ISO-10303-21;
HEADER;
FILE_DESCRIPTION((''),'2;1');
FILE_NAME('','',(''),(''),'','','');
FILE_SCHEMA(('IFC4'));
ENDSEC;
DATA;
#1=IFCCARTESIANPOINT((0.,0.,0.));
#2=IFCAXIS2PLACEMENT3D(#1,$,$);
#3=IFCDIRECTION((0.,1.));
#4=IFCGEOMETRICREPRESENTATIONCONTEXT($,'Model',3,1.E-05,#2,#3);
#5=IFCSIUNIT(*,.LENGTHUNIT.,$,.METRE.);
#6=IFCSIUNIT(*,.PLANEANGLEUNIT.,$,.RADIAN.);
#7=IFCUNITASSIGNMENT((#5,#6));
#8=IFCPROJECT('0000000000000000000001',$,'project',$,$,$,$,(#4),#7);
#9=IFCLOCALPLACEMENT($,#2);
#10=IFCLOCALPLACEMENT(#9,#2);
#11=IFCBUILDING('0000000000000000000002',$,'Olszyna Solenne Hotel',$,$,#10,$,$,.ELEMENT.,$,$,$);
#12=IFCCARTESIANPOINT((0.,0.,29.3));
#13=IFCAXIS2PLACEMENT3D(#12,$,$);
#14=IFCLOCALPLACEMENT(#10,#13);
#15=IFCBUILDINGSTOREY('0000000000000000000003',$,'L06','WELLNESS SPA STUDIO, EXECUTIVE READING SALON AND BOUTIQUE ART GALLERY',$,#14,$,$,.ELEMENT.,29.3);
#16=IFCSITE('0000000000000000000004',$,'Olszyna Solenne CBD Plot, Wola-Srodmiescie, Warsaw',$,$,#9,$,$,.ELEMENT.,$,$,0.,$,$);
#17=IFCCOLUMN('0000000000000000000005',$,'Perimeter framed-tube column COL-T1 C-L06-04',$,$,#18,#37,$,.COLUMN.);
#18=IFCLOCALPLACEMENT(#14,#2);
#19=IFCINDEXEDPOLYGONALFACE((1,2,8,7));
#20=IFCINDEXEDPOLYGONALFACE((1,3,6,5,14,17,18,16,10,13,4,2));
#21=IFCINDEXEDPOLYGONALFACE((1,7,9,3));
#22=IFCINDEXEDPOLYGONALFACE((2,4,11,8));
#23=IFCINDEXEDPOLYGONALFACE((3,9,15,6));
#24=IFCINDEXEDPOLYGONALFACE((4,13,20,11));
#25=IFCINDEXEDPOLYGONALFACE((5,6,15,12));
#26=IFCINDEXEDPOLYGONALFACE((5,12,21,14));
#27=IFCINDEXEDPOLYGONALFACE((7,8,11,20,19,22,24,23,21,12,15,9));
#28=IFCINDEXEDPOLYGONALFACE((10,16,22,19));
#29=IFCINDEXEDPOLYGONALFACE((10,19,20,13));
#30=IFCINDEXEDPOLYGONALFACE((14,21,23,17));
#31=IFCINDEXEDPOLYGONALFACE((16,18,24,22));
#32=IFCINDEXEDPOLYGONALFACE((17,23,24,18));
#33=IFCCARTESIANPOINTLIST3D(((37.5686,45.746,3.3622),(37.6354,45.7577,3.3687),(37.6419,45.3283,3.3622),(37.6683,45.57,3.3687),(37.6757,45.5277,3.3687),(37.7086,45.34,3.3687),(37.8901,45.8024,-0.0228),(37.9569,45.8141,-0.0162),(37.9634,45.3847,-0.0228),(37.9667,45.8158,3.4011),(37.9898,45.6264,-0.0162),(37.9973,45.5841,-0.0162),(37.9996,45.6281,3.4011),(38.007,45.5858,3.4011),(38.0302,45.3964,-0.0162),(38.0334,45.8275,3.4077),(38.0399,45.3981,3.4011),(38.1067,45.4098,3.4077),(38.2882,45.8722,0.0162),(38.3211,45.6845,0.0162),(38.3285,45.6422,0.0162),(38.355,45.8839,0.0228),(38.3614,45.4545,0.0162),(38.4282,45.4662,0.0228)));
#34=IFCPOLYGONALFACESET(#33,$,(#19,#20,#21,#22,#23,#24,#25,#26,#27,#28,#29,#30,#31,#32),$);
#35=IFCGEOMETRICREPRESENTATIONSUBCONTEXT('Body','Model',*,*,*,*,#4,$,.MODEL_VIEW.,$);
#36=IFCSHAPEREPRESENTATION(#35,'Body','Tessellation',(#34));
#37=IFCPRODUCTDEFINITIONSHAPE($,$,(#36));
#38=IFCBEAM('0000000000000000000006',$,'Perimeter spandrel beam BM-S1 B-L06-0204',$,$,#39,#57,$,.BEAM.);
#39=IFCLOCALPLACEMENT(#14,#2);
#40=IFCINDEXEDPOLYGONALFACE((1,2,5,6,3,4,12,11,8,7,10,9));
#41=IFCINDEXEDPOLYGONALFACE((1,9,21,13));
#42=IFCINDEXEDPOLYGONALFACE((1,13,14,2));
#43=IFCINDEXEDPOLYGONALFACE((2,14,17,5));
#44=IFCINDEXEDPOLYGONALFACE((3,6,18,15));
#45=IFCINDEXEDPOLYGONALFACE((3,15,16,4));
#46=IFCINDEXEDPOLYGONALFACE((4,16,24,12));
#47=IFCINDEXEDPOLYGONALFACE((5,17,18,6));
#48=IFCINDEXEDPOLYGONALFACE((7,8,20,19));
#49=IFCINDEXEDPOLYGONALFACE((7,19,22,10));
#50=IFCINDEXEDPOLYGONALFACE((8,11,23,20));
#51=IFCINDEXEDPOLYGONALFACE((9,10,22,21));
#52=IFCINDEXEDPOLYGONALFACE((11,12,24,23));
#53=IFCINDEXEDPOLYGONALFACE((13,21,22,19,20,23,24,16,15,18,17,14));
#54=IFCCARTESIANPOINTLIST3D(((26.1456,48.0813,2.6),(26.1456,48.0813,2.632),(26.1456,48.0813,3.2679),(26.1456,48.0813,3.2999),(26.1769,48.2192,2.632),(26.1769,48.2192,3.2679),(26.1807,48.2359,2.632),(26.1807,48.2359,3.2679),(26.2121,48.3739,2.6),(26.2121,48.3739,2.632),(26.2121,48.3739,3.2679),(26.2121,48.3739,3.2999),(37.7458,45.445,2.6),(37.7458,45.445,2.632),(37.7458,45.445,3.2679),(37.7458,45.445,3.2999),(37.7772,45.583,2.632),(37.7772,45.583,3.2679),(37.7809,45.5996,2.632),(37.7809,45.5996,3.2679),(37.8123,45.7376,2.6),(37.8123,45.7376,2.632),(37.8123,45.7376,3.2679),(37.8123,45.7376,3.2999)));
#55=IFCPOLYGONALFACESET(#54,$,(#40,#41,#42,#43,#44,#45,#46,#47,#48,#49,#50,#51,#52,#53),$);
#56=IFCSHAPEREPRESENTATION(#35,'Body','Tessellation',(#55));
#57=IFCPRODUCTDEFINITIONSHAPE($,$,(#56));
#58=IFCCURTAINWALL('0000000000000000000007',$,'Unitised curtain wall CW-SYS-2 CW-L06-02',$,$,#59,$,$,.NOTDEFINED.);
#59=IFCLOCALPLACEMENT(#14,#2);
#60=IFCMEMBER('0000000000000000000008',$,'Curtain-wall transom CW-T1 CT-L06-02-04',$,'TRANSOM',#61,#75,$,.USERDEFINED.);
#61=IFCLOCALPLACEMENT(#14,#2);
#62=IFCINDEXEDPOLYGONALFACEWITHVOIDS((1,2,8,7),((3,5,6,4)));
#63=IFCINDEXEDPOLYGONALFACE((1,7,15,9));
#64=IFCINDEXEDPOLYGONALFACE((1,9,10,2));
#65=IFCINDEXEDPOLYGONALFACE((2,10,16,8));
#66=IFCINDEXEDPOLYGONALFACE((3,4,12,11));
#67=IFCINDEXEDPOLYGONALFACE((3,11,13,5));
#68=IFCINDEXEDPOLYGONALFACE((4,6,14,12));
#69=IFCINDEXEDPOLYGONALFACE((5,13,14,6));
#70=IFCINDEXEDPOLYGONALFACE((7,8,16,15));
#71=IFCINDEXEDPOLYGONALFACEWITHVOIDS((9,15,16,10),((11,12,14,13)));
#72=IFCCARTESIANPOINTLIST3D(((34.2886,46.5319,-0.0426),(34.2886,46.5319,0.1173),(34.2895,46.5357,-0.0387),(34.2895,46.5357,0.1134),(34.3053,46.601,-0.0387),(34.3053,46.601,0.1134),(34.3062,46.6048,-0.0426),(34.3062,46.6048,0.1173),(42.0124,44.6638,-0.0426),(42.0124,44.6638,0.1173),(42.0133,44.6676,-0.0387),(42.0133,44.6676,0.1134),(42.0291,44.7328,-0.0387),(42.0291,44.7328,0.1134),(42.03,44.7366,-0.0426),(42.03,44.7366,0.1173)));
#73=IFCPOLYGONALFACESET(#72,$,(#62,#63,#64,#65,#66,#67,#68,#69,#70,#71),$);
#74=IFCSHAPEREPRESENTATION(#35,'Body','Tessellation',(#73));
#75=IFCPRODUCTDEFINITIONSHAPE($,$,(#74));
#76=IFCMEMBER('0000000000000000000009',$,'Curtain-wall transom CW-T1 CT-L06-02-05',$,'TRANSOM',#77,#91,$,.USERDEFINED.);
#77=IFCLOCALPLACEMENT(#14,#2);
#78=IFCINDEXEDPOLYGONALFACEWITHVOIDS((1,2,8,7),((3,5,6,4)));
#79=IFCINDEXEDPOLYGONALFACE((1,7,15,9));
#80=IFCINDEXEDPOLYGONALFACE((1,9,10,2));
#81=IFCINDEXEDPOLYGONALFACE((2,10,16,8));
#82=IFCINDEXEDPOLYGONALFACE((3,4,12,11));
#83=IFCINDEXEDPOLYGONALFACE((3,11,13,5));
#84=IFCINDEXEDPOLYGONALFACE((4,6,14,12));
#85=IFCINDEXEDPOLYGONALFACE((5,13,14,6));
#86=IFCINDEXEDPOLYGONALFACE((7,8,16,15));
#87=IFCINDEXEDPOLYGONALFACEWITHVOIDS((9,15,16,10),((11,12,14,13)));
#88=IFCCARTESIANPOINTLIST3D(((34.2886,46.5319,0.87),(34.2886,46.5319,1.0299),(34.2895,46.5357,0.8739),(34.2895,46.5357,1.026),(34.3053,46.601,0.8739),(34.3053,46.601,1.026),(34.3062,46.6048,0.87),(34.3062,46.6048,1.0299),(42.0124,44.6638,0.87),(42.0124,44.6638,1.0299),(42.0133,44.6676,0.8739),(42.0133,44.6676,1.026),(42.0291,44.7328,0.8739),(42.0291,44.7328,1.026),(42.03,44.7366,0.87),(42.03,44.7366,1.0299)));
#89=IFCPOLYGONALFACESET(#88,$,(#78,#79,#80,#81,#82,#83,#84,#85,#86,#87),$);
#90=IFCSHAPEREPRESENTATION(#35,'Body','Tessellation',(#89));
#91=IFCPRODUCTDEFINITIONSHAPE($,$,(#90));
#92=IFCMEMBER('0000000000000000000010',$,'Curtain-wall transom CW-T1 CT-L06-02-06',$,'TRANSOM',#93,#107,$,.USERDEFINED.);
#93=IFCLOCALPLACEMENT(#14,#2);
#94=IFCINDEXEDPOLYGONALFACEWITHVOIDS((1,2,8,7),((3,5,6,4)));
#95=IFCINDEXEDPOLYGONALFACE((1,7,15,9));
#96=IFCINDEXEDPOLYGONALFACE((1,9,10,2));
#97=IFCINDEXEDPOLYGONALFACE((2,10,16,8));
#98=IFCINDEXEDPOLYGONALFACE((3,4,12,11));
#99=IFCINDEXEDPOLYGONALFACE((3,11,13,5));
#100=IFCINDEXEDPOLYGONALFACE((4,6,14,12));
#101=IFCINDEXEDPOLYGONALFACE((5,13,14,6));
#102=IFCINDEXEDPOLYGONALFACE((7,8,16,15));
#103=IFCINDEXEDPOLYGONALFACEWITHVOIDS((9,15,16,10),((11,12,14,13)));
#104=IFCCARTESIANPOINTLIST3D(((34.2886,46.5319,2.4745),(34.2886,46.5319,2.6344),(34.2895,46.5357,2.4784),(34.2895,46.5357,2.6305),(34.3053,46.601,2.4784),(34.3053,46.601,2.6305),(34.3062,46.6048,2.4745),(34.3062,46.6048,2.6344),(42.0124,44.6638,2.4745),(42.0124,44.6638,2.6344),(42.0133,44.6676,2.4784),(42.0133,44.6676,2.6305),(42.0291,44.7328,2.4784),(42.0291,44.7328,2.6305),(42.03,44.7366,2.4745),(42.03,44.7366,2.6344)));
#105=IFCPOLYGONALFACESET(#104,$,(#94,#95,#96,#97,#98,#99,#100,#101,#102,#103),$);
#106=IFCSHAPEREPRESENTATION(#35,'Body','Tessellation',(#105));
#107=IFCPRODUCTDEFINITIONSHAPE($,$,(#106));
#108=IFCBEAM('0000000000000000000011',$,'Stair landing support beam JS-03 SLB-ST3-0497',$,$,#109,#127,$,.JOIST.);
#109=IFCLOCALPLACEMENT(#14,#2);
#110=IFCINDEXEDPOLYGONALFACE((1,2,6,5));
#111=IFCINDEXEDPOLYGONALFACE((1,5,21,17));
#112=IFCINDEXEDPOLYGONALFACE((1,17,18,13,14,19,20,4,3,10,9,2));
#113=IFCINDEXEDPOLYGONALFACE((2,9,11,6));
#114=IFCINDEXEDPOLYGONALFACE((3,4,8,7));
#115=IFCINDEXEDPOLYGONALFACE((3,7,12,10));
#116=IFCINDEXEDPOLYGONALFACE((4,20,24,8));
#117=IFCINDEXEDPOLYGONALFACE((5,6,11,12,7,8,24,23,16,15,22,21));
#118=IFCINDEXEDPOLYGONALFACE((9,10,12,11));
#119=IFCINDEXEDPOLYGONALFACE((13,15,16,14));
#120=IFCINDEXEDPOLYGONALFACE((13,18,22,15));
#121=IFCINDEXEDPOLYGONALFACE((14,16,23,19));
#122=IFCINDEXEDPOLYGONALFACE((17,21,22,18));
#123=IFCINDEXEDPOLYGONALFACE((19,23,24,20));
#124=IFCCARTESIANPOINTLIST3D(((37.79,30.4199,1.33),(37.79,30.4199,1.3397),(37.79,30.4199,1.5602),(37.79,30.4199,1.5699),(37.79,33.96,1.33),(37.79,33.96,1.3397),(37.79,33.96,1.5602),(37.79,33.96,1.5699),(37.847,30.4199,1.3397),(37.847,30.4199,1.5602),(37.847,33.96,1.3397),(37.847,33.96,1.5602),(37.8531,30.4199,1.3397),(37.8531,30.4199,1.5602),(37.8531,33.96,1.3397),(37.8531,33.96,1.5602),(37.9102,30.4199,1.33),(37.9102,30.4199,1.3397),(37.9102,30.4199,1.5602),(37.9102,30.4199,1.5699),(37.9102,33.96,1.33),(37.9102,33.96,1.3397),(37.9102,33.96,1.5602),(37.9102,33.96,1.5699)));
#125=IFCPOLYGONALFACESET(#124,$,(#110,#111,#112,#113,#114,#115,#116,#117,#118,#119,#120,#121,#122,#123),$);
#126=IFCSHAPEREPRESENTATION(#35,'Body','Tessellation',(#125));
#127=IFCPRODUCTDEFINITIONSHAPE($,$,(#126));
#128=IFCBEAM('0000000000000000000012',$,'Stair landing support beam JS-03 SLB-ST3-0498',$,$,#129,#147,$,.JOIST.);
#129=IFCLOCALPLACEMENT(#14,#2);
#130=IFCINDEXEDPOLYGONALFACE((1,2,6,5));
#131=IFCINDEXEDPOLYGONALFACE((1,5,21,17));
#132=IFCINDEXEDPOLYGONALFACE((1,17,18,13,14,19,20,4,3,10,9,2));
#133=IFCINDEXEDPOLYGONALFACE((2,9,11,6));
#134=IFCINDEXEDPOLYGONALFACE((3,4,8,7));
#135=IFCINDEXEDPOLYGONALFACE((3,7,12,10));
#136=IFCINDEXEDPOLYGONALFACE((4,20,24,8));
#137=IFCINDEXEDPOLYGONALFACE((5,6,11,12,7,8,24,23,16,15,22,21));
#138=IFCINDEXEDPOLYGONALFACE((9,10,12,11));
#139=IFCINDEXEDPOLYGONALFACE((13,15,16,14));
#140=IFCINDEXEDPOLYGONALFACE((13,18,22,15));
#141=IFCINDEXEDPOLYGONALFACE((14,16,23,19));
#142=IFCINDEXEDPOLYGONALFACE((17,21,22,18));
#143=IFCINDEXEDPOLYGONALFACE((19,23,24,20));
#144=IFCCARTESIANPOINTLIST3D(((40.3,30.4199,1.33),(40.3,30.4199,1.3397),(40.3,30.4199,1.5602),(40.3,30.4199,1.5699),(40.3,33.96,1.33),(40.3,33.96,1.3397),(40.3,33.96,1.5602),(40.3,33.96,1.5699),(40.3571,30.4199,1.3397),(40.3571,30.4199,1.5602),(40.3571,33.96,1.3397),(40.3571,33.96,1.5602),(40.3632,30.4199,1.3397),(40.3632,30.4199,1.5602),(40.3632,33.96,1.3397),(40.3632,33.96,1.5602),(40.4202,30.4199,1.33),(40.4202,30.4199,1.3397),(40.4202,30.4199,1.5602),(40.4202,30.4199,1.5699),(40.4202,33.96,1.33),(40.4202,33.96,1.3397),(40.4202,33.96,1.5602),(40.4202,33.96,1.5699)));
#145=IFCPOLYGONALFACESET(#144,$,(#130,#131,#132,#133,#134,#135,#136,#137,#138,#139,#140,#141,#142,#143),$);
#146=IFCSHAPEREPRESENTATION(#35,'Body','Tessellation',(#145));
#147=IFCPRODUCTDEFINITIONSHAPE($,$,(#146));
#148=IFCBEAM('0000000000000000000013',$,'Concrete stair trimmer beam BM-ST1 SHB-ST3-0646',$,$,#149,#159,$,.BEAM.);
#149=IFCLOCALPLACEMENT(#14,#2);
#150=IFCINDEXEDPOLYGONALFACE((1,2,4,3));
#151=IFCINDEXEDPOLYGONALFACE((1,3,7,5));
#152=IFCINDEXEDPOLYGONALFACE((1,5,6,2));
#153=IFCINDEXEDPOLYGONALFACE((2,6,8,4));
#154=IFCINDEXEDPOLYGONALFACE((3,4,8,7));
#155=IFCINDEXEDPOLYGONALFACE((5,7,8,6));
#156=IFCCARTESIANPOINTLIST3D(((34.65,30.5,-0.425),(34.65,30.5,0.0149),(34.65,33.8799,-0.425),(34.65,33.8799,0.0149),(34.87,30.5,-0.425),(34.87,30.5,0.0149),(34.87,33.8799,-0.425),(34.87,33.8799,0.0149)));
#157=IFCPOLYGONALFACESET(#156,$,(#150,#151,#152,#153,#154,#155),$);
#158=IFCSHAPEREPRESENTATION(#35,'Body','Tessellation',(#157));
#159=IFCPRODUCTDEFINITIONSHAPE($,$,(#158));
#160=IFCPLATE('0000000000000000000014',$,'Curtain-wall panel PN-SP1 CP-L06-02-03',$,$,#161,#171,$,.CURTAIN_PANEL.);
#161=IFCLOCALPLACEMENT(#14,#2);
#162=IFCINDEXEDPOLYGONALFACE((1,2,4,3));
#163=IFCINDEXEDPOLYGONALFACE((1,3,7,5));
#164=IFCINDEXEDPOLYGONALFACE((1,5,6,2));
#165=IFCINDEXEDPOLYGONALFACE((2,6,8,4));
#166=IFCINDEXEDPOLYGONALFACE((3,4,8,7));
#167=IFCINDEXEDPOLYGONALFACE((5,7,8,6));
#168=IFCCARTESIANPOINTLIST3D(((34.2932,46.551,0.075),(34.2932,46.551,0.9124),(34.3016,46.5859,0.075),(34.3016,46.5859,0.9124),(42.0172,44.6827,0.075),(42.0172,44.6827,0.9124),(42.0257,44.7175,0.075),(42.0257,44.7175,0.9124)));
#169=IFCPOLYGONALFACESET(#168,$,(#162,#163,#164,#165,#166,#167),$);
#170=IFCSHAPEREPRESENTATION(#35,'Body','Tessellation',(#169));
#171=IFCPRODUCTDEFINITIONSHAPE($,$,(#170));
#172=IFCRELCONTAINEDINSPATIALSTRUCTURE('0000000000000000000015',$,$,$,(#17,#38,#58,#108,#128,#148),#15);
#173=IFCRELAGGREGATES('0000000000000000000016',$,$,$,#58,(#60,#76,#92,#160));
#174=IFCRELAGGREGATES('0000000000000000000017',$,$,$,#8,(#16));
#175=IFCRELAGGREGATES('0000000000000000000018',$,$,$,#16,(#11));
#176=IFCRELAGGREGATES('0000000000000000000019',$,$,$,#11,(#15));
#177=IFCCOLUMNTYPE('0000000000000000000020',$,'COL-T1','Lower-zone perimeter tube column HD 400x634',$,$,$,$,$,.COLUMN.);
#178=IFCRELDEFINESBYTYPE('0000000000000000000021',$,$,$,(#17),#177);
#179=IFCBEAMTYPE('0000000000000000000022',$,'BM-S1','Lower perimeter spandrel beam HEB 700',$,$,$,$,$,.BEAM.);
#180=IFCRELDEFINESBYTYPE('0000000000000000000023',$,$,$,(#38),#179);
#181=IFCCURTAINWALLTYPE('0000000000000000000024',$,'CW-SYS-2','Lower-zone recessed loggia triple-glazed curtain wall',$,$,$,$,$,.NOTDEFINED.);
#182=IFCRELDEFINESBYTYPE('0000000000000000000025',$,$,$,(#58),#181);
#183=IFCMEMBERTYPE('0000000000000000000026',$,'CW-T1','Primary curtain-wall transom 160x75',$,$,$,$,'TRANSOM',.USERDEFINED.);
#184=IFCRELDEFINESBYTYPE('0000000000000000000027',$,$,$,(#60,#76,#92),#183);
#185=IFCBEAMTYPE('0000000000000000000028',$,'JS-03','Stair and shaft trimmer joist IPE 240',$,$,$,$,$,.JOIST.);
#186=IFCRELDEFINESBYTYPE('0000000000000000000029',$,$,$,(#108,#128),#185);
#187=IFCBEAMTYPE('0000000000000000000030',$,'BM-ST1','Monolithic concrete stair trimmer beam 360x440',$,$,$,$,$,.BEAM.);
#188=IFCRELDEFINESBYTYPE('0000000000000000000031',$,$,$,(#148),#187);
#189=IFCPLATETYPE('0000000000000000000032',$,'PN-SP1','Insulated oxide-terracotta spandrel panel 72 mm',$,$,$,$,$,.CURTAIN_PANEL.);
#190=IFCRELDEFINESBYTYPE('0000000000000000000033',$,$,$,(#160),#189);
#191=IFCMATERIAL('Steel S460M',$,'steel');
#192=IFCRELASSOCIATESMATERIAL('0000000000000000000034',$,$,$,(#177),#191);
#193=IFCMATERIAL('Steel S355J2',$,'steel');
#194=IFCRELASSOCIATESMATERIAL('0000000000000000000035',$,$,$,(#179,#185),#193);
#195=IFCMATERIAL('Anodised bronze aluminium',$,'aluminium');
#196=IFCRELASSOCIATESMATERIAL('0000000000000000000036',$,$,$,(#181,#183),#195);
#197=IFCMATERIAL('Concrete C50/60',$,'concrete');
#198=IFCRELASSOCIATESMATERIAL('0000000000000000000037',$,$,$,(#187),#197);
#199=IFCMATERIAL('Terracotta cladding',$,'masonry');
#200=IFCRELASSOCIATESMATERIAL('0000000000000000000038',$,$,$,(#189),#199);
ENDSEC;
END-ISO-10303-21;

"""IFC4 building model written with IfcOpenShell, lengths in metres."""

from ifc_helpers import new_model, si_unit, direction, frame, origin, origin_2d, place, context, subcontext, project, spatial, rectangle, hollow_rectangle, i_section, extrude, source, transform, mapped, material, material_profile, profile_set, type_object, element, aggregate, save


model = new_model("IFC4")

# Units and contexts
model_context = context("Model", 3, precision=1e-05, world=origin(), true_north=direction((0.0, 1.0)))
body_context = subcontext(model_context, "Body", "Model", "MODEL_VIEW")
ifc_project = project(units=[si_unit("LENGTHUNIT", "METRE"), si_unit("PLANEANGLEUNIT", "RADIAN")], contexts=[model_context])

# Site, building, storey
site_placement = place(None, origin())
site = spatial("IfcSite", under=ifc_project, at=site_placement, Name="Olszyna Solenne CBD Plot, Wola-Srodmiescie, Warsaw", CompositionType="ELEMENT", RefElevation=0.0)
building_placement = place(site_placement, origin())
building = spatial("IfcBuilding", under=site, at=building_placement, Name="Olszyna Solenne Hotel", CompositionType="ELEMENT")
storey_placement = place(building_placement, frame((0.0, 0.0, 29.3)))
storey = spatial("IfcBuildingStorey", under=building, at=storey_placement, Name="L06", Description="WELLNESS SPA STUDIO, EXECUTIVE READING SALON AND BOUTIQUE ART GALLERY", CompositionType="ELEMENT", Elevation=29.3)

# Column
ifc_material_1 = material(Name="Steel S460M", Category="steel")
ifc_material_profile_1 = material_profile(ifc_material_1, i_section(OverallWidth=0.4241, OverallDepth=0.4741, WebThickness=0.043, FlangeThickness=0.0681, at=origin_2d()), Name="HD 400x634", Category="load-bearing")
ifc_profile_set_1 = profile_set([ifc_material_profile_1], Name="Steel S460M")
column_type = type_object("IfcColumnType", Name="COL-T1", Description="Lower-zone perimeter tube column HD 400x634", PredefinedType="COLUMN", material=ifc_profile_set_1)
shared_shape_1 = source(origin(), body_context, "Body", "SweptSolid", [
    extrude(i_section(OverallWidth=0.4241, OverallDepth=0.4741, WebThickness=0.043, FlangeThickness=0.0681, at=origin_2d()), origin(), (0.0, 0.0, 1.0), 3.4006),
])
column_placement = place(storey_placement, frame((38.1592, 45.6343, 0.0), z_axis=(-0.094549, -0.016584, 0.995382), x_axis=(0.172761, -0.984964, 0.0)))
element("IfcColumn", 1, at=column_placement, inside=storey, type_object=column_type, Name="Perimeter framed-tube column COL-T1 C-L06-04", PredefinedType="COLUMN", context=body_context, shape_type="MappedRepresentation", body=[
    mapped(shared_shape_1, transform((0.0, 0.0, 0.0), x_axis=(1.0, 0.0, 0.0), y_axis=(0.0, 1.0, 0.0), z_axis=(0.0, 0.0, 1.0), scale=1.0)),
])

# Beam
ifc_material_2 = material(Name="Steel S355J2", Category="steel")
ifc_material_profile_2 = material_profile(ifc_material_2, i_section(OverallWidth=0.3, OverallDepth=0.7, WebThickness=0.0171, FlangeThickness=0.032, at=origin_2d()), Name="HEB 700", Category="load-bearing")
ifc_profile_set_2 = profile_set([ifc_material_profile_2], Name="Steel S355J2")
beam_type_1 = type_object("IfcBeamType", Name="BM-S1", Description="Lower perimeter spandrel beam HEB 700", PredefinedType="BEAM", material=ifc_profile_set_2)
shared_shape_2 = source(origin(), body_context, "Body", "SweptSolid", [
    extrude(i_section(OverallWidth=0.3, OverallDepth=0.7, WebThickness=0.0171, FlangeThickness=0.032, at=origin_2d()), origin(), (0.0, 0.0, 1.0), 11.896),
])
beam_1_placement = place(storey_placement, frame((37.7791, 45.5913, 2.95), z_axis=(-0.975136, 0.221609, 0.0), x_axis=(-0.221609, -0.975136, 0.0)))
element("IfcBeam", 2, at=beam_1_placement, inside=storey, type_object=beam_type_1, Name="Perimeter spandrel beam BM-S1 B-L06-0204", PredefinedType="BEAM", context=body_context, shape_type="MappedRepresentation", body=[
    mapped(shared_shape_2, transform((0.0, 0.0, 0.0), x_axis=(1.0, 0.0, 0.0), y_axis=(0.0, 1.0, 0.0), z_axis=(0.0, 0.0, 1.0), scale=1.0)),
])

# Curtain wall, members
ifc_material_3 = material(Name="Anodised bronze aluminium", Category="aluminium")
curtain_wall_type = type_object("IfcCurtainWallType", Name="CW-SYS-2", Description="Lower-zone recessed loggia triple-glazed curtain wall", PredefinedType="NOTDEFINED", material=ifc_material_3)
curtain_wall_placement = place(storey_placement, origin())
curtain_wall = element("IfcCurtainWall", 3, at=curtain_wall_placement, inside=storey, type_object=curtain_wall_type, Name="Unitised curtain wall CW-SYS-2 CW-L06-02", PredefinedType="NOTDEFINED")
ifc_material_profile_3 = material_profile(ifc_material_3, hollow_rectangle(XDim=0.075, YDim=0.1599, WallThickness=0.0039, at=origin_2d()), Name="TRAN 160x75x4", Category="load-bearing")
ifc_profile_set_3 = profile_set([ifc_material_profile_3], Name="Anodised bronze aluminium")
member_type = type_object("IfcMemberType", Name="CW-T1", Description="Primary curtain-wall transom 160x75", ElementType="TRANSOM", PredefinedType="USERDEFINED", material=ifc_profile_set_3)
shared_shape_3 = source(origin(), body_context, "Body", "SweptSolid", [
    extrude(hollow_rectangle(XDim=0.075, YDim=0.1599, WallThickness=0.0039, at=origin_2d()), origin(), (0.0, 0.0, 1.0), 7.9465),
])
member_1_placement = place(storey_placement, frame((34.2974, 46.5684, 0.0374), z_axis=(0.971974, -0.23509, 0.0), x_axis=(0.23509, 0.971974, 0.0)))
member_1 = element("IfcMember", 4, at=member_1_placement, type_object=member_type, Name="Curtain-wall transom CW-T1 CT-L06-02-04", ObjectType="TRANSOM", PredefinedType="USERDEFINED", context=body_context, shape_type="MappedRepresentation", body=[
    mapped(shared_shape_3, transform((0.0, 0.0, 0.0), x_axis=(1.0, 0.0, 0.0), y_axis=(0.0, 1.0, 0.0), z_axis=(0.0, 0.0, 1.0), scale=1.0)),
])
member_2_placement = place(storey_placement, frame((34.2974, 46.5684, 0.95), z_axis=(0.971974, -0.23509, 0.0), x_axis=(0.23509, 0.971974, 0.0)))
member_2 = element("IfcMember", 5, at=member_2_placement, type_object=member_type, Name="Curtain-wall transom CW-T1 CT-L06-02-05", ObjectType="TRANSOM", PredefinedType="USERDEFINED", context=body_context, shape_type="MappedRepresentation", body=[
    mapped(shared_shape_3, transform((0.0, 0.0, 0.0), x_axis=(1.0, 0.0, 0.0), y_axis=(0.0, 1.0, 0.0), z_axis=(0.0, 0.0, 1.0), scale=1.0)),
])
member_3_placement = place(storey_placement, frame((34.2974, 46.5684, 2.5544), z_axis=(0.971974, -0.23509, 0.0), x_axis=(0.23509, 0.971974, 0.0)))
member_3 = element("IfcMember", 6, at=member_3_placement, type_object=member_type, Name="Curtain-wall transom CW-T1 CT-L06-02-06", ObjectType="TRANSOM", PredefinedType="USERDEFINED", context=body_context, shape_type="MappedRepresentation", body=[
    mapped(shared_shape_3, transform((0.0, 0.0, 0.0), x_axis=(1.0, 0.0, 0.0), y_axis=(0.0, 1.0, 0.0), z_axis=(0.0, 0.0, 1.0), scale=1.0)),
])

# Beams
ifc_material_profile_4 = material_profile(ifc_material_2, i_section(OverallWidth=0.1201, OverallDepth=0.24, WebThickness=0.0061, FlangeThickness=0.0098, at=origin_2d()), Name="IPE 240", Category="load-bearing")
ifc_profile_set_4 = profile_set([ifc_material_profile_4], Name="Steel S355J2")
beam_type_2 = type_object("IfcBeamType", Name="JS-03", Description="Stair and shaft trimmer joist IPE 240", PredefinedType="JOIST", material=ifc_profile_set_4)
shared_shape_4 = source(origin(), body_context, "Body", "SweptSolid", [
    extrude(i_section(OverallWidth=0.1201, OverallDepth=0.24, WebThickness=0.0061, FlangeThickness=0.0098, at=origin_2d()), origin(), (0.0, 0.0, 1.0), 3.54),
])
for number, where, z_axis, x_axis, name in (
    (7, (37.8501, 30.4199, 1.45), (0.0, 1.0, 0.0), (-1.0, 0.0, 0.0), "Stair landing support beam JS-03 SLB-ST3-0497"),
    (8, (40.3601, 30.4199, 1.45), (0.0, 1.0, 0.0), (-1.0, 0.0, 0.0), "Stair landing support beam JS-03 SLB-ST3-0498"),
):
    element("IfcBeam", number, at=place(storey_placement, frame(where, z_axis=z_axis, x_axis=x_axis)), inside=storey, type_object=beam_type_2, Name=name, PredefinedType="JOIST", context=body_context, shape_type="MappedRepresentation", body=[
        mapped(shared_shape_4, transform((0.0, 0.0, 0.0), x_axis=(1.0, 0.0, 0.0), y_axis=(0.0, 1.0, 0.0), z_axis=(0.0, 0.0, 1.0), scale=1.0)),
    ])
ifc_material_4 = material(Name="Concrete C50/60", Category="concrete")
ifc_material_profile_5 = material_profile(ifc_material_4, rectangle(XDim=0.22, YDim=0.4399, at=origin_2d()), Name="RC 220x440", Category="load-bearing")
ifc_profile_set_5 = profile_set([ifc_material_profile_5], Name="Concrete C50/60")
beam_type_3 = type_object("IfcBeamType", Name="BM-ST1", Description="Monolithic concrete stair trimmer beam 360x440", PredefinedType="BEAM", material=ifc_profile_set_5)
shared_shape_5 = source(origin(), body_context, "Body", "SweptSolid", [
    extrude(rectangle(XDim=0.22, YDim=0.4399, at=origin_2d()), origin(), (0.0, 0.0, 1.0), 3.3799),
])
beam_2_placement = place(storey_placement, frame((34.76, 30.5, -0.2051), z_axis=(0.0, 1.0, 0.0), x_axis=(-1.0, 0.0, 0.0)))
element("IfcBeam", 9, at=beam_2_placement, inside=storey, type_object=beam_type_3, Name="Concrete stair trimmer beam BM-ST1 SHB-ST3-0646", PredefinedType="BEAM", context=body_context, shape_type="MappedRepresentation", body=[
    mapped(shared_shape_5, transform((0.0, 0.0, 0.0), x_axis=(1.0, 0.0, 0.0), y_axis=(0.0, 1.0, 0.0), z_axis=(0.0, 0.0, 1.0), scale=1.0)),
])

# Plate
ifc_material_5 = material(Name="Terracotta cladding", Category="masonry")
plate_type_1 = type_object("IfcPlateType", Name="PN-SP1", Description="Insulated oxide-terracotta spandrel panel 72 mm", PredefinedType="CURTAIN_PANEL", material=ifc_material_5)
shared_shape_6 = source(origin(), body_context, "Body", "SweptSolid", [
    extrude(rectangle(XDim=7.9468, YDim=0.0359, at=origin_2d()), origin(), (0.0, 0.0, 1.0), 0.8374),
])
plate_1_placement = place(storey_placement, frame((38.1594, 45.6343, 0.075), z_axis=(0.0, 0.0, 1.0), x_axis=(0.971969, -0.235108, 0.0)))
plate_1 = element("IfcPlate", 10, at=plate_1_placement, type_object=plate_type_1, Name="Curtain-wall panel PN-SP1 CP-L06-02-03", PredefinedType="CURTAIN_PANEL", context=body_context, shape_type="MappedRepresentation", body=[
    mapped(shared_shape_6, transform((0.0, 0.0, 0.0), x_axis=(1.0, 0.0, 0.0), y_axis=(0.0, 1.0, 0.0), z_axis=(0.0, 0.0, 1.0), scale=1.0)),
])
aggregate(curtain_wall, [member_1, member_2, member_3, plate_1])

save(model, "model.ifc")
